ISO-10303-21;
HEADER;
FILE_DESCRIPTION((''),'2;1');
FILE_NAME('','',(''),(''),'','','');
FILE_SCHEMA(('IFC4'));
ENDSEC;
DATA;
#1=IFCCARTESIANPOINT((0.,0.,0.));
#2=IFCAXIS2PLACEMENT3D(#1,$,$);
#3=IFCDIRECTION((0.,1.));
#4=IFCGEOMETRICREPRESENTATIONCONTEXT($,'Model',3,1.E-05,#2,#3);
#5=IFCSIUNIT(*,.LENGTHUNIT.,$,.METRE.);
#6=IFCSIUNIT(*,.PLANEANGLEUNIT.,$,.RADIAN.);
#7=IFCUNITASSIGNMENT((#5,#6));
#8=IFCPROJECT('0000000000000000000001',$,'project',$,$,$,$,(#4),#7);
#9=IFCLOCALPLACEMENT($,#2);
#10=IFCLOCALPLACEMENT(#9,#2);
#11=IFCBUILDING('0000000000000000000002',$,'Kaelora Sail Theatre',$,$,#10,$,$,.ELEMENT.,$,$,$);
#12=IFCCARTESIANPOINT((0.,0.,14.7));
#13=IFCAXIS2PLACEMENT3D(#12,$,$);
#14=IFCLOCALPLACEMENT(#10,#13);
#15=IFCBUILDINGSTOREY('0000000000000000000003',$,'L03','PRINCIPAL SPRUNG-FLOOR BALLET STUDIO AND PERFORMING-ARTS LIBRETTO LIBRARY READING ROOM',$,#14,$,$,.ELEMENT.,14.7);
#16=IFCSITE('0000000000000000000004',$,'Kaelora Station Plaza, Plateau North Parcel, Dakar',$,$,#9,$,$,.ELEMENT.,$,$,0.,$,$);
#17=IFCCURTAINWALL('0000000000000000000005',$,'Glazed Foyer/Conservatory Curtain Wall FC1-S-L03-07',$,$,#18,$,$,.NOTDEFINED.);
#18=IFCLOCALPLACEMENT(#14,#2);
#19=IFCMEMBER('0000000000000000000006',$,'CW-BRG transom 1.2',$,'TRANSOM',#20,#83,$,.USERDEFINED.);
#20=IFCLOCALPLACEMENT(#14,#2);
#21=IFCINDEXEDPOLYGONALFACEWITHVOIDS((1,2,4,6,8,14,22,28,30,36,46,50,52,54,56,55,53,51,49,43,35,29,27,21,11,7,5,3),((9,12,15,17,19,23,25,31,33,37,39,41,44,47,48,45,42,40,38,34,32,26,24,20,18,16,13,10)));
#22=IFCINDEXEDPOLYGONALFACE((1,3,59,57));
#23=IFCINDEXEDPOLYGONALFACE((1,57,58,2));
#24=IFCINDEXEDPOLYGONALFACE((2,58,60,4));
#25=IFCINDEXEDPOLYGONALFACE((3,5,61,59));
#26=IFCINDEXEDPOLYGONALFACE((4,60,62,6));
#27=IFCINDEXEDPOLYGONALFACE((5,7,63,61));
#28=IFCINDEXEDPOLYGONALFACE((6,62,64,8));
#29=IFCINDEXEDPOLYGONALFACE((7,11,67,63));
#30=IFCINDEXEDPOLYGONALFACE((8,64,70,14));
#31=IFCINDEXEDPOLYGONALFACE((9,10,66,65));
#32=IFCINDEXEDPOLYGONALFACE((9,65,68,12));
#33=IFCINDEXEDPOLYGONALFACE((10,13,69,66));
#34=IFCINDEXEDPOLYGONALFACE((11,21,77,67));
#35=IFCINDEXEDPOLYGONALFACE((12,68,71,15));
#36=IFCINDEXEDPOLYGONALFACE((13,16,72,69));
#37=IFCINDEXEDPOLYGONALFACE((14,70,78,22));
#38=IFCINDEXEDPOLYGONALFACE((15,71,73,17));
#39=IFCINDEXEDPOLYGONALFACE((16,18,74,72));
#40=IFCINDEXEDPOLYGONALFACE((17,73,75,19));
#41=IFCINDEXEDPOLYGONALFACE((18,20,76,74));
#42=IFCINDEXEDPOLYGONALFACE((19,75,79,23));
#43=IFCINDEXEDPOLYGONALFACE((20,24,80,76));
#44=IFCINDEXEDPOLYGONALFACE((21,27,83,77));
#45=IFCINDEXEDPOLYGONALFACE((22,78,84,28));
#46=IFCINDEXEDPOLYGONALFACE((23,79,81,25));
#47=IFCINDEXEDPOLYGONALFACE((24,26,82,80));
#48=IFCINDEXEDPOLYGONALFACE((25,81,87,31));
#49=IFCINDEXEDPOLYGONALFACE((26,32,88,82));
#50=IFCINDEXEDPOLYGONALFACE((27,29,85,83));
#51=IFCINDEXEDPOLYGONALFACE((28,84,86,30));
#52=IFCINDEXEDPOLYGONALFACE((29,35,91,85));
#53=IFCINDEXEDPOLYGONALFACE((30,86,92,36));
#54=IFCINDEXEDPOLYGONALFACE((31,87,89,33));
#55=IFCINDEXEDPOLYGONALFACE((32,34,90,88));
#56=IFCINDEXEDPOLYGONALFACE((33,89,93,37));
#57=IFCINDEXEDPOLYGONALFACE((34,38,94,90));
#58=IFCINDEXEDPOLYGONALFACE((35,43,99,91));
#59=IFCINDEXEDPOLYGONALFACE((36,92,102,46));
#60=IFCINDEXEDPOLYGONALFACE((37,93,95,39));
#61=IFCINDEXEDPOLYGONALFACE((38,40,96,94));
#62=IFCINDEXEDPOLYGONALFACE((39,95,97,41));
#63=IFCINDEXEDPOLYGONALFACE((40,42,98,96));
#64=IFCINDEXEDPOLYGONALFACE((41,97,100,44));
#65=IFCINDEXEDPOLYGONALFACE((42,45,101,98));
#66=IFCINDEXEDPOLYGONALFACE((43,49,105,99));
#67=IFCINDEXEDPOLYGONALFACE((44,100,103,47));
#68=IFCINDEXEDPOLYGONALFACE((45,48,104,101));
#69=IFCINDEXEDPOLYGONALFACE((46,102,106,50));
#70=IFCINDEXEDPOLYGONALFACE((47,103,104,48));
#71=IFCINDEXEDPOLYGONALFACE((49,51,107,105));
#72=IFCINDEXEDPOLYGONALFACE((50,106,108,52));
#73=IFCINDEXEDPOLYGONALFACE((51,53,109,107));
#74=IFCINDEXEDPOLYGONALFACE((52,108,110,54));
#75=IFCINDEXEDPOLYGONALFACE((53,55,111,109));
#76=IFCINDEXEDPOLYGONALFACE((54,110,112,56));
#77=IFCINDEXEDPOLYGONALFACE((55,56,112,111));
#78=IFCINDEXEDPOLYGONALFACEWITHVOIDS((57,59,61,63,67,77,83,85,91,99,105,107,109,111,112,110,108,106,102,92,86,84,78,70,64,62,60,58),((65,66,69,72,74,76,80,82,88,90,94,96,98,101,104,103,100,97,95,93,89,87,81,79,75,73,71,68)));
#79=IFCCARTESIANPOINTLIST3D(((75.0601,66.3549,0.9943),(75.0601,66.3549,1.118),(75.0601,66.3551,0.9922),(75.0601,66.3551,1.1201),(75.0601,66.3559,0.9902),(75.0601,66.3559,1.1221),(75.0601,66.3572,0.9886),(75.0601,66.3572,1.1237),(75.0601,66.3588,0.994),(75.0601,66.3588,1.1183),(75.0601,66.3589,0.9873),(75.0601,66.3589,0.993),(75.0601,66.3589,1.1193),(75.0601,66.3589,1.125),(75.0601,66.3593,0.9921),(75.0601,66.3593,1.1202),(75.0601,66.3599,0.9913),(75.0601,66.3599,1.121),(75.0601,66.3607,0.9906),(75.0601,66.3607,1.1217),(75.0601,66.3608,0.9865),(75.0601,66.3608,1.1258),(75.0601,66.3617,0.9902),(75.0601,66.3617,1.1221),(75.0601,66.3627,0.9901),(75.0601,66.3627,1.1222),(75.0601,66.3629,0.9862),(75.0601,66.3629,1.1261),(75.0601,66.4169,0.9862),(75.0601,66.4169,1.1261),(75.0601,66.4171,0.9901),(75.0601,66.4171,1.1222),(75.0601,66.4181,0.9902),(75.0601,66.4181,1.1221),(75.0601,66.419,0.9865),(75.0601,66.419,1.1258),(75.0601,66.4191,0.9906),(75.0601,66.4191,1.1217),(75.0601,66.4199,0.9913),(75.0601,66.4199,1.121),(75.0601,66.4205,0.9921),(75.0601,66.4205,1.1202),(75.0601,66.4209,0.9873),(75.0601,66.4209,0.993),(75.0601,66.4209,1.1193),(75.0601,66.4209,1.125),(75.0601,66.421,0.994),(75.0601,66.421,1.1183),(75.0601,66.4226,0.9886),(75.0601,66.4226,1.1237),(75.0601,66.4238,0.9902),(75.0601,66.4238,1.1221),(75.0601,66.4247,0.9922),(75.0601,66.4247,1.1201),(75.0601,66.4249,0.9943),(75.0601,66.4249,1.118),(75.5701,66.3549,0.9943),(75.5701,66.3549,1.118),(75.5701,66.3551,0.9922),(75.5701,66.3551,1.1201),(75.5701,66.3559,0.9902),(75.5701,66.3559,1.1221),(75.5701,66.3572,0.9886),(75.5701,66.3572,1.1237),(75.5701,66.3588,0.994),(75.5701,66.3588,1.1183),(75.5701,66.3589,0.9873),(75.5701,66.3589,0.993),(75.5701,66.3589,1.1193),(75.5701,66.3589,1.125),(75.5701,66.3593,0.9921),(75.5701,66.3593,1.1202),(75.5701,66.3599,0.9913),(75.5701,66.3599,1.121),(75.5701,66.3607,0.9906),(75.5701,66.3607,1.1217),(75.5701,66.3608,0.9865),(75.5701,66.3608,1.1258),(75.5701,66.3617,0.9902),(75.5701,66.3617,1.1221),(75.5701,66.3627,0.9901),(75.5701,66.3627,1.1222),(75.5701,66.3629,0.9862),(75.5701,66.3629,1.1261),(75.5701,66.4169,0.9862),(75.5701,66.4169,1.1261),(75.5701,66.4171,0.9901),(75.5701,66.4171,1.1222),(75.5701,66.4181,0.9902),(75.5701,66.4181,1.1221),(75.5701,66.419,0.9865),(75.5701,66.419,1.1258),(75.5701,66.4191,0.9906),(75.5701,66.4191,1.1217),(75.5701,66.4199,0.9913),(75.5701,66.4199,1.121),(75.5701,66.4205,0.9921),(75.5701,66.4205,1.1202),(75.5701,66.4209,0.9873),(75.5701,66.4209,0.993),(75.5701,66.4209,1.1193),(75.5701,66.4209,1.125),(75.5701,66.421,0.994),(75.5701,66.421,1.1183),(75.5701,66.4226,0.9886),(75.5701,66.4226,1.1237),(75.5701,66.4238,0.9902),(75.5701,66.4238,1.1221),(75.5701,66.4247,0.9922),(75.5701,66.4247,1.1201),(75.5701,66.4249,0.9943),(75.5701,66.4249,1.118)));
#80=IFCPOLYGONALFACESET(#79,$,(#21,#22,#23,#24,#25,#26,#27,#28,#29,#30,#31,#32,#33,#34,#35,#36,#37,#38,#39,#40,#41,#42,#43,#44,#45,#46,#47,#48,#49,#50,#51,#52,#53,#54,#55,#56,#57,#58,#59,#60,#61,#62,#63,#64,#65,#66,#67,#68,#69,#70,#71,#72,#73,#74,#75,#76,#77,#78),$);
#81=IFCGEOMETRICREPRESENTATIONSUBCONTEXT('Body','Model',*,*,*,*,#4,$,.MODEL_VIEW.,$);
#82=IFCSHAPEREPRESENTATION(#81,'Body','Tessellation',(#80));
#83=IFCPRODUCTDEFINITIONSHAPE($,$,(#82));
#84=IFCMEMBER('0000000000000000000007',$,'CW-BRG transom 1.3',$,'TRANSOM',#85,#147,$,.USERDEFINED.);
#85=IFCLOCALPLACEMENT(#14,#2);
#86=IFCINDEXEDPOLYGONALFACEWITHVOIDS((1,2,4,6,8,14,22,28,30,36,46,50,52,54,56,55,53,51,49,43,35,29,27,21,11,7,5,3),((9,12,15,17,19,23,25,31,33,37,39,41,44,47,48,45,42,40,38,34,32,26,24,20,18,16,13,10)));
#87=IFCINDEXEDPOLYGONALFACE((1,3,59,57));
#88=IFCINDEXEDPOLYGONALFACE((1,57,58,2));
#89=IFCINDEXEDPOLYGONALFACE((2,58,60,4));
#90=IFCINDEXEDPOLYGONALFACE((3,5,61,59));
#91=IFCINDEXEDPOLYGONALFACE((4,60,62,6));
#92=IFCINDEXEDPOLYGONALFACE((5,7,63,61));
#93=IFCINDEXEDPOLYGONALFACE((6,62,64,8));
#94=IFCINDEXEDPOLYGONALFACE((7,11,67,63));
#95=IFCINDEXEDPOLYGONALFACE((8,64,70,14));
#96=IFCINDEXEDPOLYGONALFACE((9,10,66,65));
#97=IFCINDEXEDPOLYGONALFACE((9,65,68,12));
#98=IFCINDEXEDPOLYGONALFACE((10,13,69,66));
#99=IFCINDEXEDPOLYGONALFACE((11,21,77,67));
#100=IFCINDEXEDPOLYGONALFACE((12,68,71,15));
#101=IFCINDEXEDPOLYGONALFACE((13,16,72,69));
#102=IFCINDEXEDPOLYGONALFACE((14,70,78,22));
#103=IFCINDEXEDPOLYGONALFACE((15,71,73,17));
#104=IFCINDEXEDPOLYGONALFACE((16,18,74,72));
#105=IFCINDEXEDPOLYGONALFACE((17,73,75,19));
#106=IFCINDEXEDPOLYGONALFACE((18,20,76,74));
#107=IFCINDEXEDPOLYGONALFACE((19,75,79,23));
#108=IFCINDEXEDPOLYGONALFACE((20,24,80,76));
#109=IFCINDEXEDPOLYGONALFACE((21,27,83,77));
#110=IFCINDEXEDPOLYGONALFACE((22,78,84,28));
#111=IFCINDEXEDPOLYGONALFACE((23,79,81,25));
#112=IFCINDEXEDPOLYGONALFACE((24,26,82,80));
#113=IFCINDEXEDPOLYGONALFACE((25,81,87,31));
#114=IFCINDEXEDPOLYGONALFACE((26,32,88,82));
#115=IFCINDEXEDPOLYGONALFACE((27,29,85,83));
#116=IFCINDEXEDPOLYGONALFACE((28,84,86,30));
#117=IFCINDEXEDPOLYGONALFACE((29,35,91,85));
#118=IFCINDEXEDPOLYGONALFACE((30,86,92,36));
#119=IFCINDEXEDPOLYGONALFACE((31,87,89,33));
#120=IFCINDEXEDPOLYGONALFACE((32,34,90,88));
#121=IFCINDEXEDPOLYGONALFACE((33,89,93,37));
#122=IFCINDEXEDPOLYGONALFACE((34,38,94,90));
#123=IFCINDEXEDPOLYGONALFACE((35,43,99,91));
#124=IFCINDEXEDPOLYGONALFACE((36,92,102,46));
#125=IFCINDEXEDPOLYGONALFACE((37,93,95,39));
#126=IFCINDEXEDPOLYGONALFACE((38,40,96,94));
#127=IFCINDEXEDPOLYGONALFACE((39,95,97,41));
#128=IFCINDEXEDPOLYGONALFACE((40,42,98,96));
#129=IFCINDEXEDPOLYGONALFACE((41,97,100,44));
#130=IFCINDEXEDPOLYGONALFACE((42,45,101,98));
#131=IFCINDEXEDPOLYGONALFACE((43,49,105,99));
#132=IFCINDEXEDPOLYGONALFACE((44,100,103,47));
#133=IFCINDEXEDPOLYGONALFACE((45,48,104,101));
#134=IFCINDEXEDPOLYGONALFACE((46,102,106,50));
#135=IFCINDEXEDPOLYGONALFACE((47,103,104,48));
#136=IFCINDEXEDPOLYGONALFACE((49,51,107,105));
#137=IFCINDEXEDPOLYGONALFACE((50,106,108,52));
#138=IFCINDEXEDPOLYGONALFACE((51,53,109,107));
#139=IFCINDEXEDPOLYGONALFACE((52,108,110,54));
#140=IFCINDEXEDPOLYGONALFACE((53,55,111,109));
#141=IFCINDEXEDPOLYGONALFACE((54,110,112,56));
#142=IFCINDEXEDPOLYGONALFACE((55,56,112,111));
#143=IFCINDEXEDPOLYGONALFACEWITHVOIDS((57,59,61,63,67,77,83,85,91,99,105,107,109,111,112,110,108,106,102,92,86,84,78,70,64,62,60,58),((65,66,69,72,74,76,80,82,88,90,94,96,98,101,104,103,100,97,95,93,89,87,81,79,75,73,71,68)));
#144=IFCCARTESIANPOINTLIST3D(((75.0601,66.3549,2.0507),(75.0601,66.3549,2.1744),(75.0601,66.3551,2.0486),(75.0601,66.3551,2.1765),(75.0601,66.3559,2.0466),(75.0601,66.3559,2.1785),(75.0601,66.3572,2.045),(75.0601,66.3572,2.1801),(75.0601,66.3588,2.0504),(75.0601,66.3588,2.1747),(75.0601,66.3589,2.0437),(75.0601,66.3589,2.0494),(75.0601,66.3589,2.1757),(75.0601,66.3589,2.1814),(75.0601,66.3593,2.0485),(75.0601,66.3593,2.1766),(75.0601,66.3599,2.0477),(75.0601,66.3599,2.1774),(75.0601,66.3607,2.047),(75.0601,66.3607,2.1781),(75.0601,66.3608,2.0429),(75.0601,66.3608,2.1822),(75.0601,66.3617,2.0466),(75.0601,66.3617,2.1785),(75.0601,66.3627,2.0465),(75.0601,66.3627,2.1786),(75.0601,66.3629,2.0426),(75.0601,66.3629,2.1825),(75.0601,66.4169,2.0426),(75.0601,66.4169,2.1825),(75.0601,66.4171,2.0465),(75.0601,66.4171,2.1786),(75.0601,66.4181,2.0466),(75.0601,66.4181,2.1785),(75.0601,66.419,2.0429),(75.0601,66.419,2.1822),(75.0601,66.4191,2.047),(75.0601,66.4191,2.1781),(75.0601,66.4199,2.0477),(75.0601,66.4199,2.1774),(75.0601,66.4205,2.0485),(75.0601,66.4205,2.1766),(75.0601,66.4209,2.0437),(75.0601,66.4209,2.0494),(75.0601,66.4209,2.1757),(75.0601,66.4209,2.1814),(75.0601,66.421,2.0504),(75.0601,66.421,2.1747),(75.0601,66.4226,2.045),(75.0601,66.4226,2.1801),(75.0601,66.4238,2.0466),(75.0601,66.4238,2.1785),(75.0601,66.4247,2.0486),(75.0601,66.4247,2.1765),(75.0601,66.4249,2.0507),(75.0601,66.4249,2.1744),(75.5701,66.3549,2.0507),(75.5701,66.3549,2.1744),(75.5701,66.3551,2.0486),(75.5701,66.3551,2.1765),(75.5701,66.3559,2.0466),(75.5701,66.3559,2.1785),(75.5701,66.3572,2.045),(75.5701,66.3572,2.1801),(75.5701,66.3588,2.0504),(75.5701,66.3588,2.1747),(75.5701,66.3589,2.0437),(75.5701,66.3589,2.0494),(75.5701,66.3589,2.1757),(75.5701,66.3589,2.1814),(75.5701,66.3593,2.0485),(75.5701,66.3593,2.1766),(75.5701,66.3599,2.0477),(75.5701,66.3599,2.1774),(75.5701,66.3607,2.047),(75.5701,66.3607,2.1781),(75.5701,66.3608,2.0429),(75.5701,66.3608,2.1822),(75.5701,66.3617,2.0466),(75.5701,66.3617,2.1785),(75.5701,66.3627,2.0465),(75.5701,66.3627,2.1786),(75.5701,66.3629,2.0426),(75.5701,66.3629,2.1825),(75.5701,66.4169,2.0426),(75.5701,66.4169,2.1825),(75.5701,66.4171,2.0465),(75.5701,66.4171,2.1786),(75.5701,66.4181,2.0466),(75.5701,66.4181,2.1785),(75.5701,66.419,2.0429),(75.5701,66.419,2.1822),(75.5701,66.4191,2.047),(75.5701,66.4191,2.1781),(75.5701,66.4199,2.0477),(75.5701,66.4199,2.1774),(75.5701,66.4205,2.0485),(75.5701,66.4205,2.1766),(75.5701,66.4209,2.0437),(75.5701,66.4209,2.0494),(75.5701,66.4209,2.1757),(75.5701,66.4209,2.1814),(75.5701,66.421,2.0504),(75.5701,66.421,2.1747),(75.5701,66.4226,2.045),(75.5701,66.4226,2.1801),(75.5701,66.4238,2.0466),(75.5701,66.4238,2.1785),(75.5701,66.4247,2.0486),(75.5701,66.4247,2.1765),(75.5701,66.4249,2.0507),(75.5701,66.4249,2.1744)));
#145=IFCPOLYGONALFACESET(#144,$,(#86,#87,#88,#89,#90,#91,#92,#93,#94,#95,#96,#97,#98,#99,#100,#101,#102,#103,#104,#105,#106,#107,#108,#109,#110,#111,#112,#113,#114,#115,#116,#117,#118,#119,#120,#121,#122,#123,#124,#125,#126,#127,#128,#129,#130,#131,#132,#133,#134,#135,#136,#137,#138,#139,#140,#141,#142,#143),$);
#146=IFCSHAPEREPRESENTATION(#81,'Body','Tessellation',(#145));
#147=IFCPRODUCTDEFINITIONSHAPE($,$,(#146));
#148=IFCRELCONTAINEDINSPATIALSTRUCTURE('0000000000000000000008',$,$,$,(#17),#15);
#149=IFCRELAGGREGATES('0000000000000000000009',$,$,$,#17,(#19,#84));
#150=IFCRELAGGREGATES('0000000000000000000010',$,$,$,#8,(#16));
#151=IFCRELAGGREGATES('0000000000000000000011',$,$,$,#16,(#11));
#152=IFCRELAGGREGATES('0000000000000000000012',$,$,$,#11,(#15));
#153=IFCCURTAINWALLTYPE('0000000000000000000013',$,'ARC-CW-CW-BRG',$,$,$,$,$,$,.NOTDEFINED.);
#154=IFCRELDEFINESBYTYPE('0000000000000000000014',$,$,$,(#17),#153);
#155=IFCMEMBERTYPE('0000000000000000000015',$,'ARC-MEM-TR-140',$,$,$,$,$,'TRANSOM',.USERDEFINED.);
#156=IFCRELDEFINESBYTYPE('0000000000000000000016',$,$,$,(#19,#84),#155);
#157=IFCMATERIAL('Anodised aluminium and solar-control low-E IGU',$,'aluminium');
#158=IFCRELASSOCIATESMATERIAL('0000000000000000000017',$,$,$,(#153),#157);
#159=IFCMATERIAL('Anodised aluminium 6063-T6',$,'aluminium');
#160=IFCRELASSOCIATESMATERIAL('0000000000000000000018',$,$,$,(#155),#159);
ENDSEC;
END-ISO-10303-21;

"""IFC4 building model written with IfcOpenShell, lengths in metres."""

from ifc_helpers import new_model, si_unit, direction, frame, origin, origin_2d, place, context, subcontext, project, spatial, hollow_rectangle, extrude, material, material_profile, profile_set, type_object, element, aggregate, save


model = new_model("IFC4")

# Units and contexts
model_context = context("Model", 3, precision=1e-05, world=origin(), true_north=direction((0.0, 1.0)))
body_context = subcontext(model_context, "Body", "Model", "MODEL_VIEW")
ifc_project = project(units=[si_unit("LENGTHUNIT", "METRE"), si_unit("PLANEANGLEUNIT", "RADIAN")], contexts=[model_context])

# Site, building, storey
site_placement = place(None, origin())
site = spatial("IfcSite", under=ifc_project, at=site_placement, Name="Kaelora Station Plaza, Plateau North Parcel, Dakar", CompositionType="ELEMENT", RefElevation=0.0)
building_placement = place(site_placement, origin())
building = spatial("IfcBuilding", under=site, at=building_placement, Name="Kaelora Sail Theatre", CompositionType="ELEMENT")
storey_placement = place(building_placement, frame((0.0, 0.0, 14.7)))
storey = spatial("IfcBuildingStorey", under=building, at=storey_placement, Name="L03", Description="PRINCIPAL SPRUNG-FLOOR BALLET STUDIO AND PERFORMING-ARTS LIBRETTO LIBRARY READING ROOM", CompositionType="ELEMENT", Elevation=14.7)

# Curtain wall
ifc_material_1 = material(Name="Anodised aluminium and solar-control low-E IGU", Category="aluminium")
curtain_wall_type = type_object("IfcCurtainWallType", Name="ARC-CW-CW-BRG", PredefinedType="NOTDEFINED", material=ifc_material_1)
curtain_wall_1_placement = place(storey_placement, origin())
curtain_wall_1 = element("IfcCurtainWall", 1, at=curtain_wall_1_placement, inside=storey, type_object=curtain_wall_type, Name="Glazed Foyer/Conservatory Curtain Wall FC1-S-L03-07", PredefinedType="NOTDEFINED")

# Members
ifc_material_2 = material(Name="Anodised aluminium 6063-T6", Category="aluminium")
ifc_material_profile_1 = material_profile(ifc_material_2, hollow_rectangle(XDim=0.0701, YDim=0.1399, WallThickness=0.0039, InnerFilletRadius=0.0039, OuterFilletRadius=0.0081, at=origin_2d()), Name="ALU-TRAN 70x140x4")
ifc_profile_set_1 = profile_set([ifc_material_profile_1], Name="Anodised aluminium 6063-T6")
member_type_1 = type_object("IfcMemberType", Name="ARC-MEM-TR-140", ElementType="TRANSOM", PredefinedType="USERDEFINED", material=ifc_profile_set_1)
member_1_placement = place(storey_placement, frame((75.0601, 66.3899, 1.0562), z_axis=(1.0, 0.0, 0.0), x_axis=(0.0, 1.0, 0.0)))
member_1 = element("IfcMember", 2, at=member_1_placement, type_object=member_type_1, Name="CW-BRG transom 1.2", ObjectType="TRANSOM", PredefinedType="USERDEFINED", context=body_context, shape_type="SweptSolid", body=[
    extrude(hollow_rectangle(XDim=0.0701, YDim=0.1399, WallThickness=0.0039, InnerFilletRadius=0.0039, OuterFilletRadius=0.0081, at=origin_2d()), origin(), (0.0, 0.0, 1.0), 0.51),
])
member_2_placement = place(storey_placement, frame((75.0601, 66.3899, 2.1125), z_axis=(1.0, 0.0, 0.0), x_axis=(0.0, 1.0, 0.0)))
member_2 = element("IfcMember", 3, at=member_2_placement, type_object=member_type_1, Name="CW-BRG transom 1.3", ObjectType="TRANSOM", PredefinedType="USERDEFINED", context=body_context, shape_type="SweptSolid", body=[
    extrude(hollow_rectangle(XDim=0.0701, YDim=0.1399, WallThickness=0.0039, InnerFilletRadius=0.0039, OuterFilletRadius=0.0081, at=origin_2d()), origin(), (0.0, 0.0, 1.0), 0.51),
])

aggregate(curtain_wall_1, [member_1, member_2])

save(model, "model.ifc")
